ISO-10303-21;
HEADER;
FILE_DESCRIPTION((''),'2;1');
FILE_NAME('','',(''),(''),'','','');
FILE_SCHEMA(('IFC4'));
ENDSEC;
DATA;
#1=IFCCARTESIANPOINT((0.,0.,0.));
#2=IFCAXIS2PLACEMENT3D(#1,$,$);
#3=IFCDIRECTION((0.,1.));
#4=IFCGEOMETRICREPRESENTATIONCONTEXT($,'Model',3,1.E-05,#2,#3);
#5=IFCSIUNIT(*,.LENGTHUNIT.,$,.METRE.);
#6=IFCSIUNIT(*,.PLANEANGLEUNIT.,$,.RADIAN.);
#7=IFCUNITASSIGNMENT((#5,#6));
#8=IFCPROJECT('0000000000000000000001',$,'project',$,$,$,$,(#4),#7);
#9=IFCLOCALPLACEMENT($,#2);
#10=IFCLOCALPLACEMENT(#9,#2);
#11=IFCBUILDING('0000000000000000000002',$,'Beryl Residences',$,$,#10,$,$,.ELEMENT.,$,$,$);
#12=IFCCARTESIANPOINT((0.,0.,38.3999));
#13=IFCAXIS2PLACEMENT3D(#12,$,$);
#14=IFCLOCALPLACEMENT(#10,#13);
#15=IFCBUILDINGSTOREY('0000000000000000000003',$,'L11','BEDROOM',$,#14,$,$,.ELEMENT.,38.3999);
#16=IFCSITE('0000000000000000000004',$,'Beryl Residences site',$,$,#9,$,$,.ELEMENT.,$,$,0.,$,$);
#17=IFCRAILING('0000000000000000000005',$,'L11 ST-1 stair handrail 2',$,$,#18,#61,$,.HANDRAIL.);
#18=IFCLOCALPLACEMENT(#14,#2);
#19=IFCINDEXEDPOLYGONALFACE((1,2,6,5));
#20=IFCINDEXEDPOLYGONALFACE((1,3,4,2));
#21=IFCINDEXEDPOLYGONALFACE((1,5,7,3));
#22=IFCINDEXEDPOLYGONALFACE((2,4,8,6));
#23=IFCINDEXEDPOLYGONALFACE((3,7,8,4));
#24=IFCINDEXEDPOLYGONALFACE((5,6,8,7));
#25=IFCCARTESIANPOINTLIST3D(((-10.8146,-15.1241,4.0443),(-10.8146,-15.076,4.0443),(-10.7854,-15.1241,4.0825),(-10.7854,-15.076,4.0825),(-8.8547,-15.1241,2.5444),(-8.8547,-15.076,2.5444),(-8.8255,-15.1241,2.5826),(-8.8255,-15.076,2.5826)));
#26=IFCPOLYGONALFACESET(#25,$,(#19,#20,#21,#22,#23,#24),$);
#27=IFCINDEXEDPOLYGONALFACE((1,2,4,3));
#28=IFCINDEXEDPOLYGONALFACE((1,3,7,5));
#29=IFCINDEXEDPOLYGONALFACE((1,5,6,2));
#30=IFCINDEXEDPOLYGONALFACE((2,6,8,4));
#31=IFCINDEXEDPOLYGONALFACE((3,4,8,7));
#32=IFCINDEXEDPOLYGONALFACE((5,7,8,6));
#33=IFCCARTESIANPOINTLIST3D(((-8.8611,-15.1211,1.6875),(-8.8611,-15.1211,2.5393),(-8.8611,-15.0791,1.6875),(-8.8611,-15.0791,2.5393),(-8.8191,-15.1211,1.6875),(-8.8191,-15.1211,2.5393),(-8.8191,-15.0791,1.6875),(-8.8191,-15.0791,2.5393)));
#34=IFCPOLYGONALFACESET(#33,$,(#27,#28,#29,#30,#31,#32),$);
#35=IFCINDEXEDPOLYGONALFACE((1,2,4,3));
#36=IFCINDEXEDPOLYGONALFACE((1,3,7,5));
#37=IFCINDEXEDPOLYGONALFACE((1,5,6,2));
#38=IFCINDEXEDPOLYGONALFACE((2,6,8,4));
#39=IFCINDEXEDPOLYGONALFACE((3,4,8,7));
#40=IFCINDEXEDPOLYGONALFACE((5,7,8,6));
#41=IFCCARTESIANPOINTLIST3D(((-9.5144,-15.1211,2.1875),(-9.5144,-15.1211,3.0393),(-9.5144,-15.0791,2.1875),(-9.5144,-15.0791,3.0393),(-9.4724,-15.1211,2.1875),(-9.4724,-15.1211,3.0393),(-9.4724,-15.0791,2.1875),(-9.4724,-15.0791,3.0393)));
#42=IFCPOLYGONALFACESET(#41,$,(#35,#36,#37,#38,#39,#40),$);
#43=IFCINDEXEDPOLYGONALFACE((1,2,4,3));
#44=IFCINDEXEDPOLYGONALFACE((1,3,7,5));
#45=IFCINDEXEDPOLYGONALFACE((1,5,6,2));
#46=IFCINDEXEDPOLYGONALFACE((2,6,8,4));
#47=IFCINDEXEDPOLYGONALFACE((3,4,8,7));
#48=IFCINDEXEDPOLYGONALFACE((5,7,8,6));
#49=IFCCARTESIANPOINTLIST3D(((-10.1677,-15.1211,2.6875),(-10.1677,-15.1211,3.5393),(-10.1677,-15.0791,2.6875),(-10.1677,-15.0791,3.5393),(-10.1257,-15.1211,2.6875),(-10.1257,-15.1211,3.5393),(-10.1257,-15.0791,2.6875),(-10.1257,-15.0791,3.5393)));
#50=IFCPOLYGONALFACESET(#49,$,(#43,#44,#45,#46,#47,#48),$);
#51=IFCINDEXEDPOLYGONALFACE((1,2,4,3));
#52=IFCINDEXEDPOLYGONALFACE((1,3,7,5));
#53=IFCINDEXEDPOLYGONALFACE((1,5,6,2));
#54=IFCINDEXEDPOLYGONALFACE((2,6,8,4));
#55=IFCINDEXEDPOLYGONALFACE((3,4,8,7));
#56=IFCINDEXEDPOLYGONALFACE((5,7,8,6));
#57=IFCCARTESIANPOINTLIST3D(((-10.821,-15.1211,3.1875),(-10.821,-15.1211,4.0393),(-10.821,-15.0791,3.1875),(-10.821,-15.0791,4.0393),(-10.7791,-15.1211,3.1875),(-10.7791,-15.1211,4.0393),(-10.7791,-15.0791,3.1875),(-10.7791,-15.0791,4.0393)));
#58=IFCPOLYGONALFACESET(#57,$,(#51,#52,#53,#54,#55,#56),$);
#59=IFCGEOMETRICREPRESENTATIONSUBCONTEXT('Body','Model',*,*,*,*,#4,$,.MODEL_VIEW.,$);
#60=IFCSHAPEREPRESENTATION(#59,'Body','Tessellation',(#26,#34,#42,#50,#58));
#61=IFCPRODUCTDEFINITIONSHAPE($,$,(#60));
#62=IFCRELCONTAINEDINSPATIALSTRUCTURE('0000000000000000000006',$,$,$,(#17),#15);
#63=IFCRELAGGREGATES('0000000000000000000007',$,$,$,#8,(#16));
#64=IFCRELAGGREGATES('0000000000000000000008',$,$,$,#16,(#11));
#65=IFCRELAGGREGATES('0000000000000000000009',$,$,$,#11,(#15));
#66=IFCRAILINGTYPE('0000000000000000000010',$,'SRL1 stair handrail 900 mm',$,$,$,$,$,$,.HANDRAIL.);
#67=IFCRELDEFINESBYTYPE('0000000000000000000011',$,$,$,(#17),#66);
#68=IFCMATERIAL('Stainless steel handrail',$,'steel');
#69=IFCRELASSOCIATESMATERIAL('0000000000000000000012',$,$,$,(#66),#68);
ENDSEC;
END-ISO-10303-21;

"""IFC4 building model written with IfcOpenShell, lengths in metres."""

from ifc_helpers import new_model, si_unit, direction, frame, origin, origin_2d, place, context, subcontext, project, spatial, rectangle, extrude, material, type_object, element, save


model = new_model("IFC4")

# Units and contexts
model_context = context("Model", 3, precision=1e-05, world=origin(), true_north=direction((0.0, 1.0)))
body_context = subcontext(model_context, "Body", "Model", "MODEL_VIEW")
ifc_project = project(units=[si_unit("LENGTHUNIT", "METRE"), si_unit("PLANEANGLEUNIT", "RADIAN")], contexts=[model_context])

# Site, building, storey
site_placement = place(None, origin())
site = spatial("IfcSite", under=ifc_project, at=site_placement, Name="Beryl Residences site", CompositionType="ELEMENT", RefElevation=0.0)
building_placement = place(site_placement, origin())
building = spatial("IfcBuilding", under=site, at=building_placement, Name="Beryl Residences", CompositionType="ELEMENT")
storey_placement = place(building_placement, frame((0.0, 0.0, 38.3999)))
storey = spatial("IfcBuildingStorey", under=building, at=storey_placement, Name="L11", Description="BEDROOM", CompositionType="ELEMENT", Elevation=38.3999)

# Railing
ifc_material_1 = material(Name="Stainless steel handrail", Category="steel")
railing_type_1 = type_object("IfcRailingType", Name="SRL1 stair handrail 900 mm", PredefinedType="HANDRAIL", material=ifc_material_1)
railing_1_placement = place(storey_placement, frame((-8.8401, -15.1001, 1.6875)))
element("IfcRailing", 1, at=railing_1_placement, inside=storey, type_object=railing_type_1, Name="L11 ST-1 stair handrail 2", PredefinedType="HANDRAIL", context=body_context, shape_type="SweptSolid", body=[
    extrude(rectangle(XDim=0.0481, YDim=0.0481, at=origin_2d()), frame((0.0, 0.0, 0.876), z_axis=(-0.794122, 0.0, 0.607758), x_axis=(0.0, -1.0, 0.0)), (0.0, 0.0, 1.0), 2.468),
    extrude(rectangle(XDim=0.042, YDim=0.042, at=origin_2d()), origin(), (0.0, 0.0, 1.0), 0.8518),
    extrude(rectangle(XDim=0.042, YDim=0.042, at=origin_2d()), frame((-0.6533, 0.0, 0.5)), (0.0, 0.0, 1.0), 0.8518),
    extrude(rectangle(XDim=0.042, YDim=0.042, at=origin_2d()), frame((-1.3066, 0.0, 1.0)), (0.0, 0.0, 1.0), 0.8518),
    extrude(rectangle(XDim=0.042, YDim=0.042, at=origin_2d()), frame((-1.96, 0.0, 1.5)), (0.0, 0.0, 1.0), 0.8518),
])

save(model, "model.ifc")
